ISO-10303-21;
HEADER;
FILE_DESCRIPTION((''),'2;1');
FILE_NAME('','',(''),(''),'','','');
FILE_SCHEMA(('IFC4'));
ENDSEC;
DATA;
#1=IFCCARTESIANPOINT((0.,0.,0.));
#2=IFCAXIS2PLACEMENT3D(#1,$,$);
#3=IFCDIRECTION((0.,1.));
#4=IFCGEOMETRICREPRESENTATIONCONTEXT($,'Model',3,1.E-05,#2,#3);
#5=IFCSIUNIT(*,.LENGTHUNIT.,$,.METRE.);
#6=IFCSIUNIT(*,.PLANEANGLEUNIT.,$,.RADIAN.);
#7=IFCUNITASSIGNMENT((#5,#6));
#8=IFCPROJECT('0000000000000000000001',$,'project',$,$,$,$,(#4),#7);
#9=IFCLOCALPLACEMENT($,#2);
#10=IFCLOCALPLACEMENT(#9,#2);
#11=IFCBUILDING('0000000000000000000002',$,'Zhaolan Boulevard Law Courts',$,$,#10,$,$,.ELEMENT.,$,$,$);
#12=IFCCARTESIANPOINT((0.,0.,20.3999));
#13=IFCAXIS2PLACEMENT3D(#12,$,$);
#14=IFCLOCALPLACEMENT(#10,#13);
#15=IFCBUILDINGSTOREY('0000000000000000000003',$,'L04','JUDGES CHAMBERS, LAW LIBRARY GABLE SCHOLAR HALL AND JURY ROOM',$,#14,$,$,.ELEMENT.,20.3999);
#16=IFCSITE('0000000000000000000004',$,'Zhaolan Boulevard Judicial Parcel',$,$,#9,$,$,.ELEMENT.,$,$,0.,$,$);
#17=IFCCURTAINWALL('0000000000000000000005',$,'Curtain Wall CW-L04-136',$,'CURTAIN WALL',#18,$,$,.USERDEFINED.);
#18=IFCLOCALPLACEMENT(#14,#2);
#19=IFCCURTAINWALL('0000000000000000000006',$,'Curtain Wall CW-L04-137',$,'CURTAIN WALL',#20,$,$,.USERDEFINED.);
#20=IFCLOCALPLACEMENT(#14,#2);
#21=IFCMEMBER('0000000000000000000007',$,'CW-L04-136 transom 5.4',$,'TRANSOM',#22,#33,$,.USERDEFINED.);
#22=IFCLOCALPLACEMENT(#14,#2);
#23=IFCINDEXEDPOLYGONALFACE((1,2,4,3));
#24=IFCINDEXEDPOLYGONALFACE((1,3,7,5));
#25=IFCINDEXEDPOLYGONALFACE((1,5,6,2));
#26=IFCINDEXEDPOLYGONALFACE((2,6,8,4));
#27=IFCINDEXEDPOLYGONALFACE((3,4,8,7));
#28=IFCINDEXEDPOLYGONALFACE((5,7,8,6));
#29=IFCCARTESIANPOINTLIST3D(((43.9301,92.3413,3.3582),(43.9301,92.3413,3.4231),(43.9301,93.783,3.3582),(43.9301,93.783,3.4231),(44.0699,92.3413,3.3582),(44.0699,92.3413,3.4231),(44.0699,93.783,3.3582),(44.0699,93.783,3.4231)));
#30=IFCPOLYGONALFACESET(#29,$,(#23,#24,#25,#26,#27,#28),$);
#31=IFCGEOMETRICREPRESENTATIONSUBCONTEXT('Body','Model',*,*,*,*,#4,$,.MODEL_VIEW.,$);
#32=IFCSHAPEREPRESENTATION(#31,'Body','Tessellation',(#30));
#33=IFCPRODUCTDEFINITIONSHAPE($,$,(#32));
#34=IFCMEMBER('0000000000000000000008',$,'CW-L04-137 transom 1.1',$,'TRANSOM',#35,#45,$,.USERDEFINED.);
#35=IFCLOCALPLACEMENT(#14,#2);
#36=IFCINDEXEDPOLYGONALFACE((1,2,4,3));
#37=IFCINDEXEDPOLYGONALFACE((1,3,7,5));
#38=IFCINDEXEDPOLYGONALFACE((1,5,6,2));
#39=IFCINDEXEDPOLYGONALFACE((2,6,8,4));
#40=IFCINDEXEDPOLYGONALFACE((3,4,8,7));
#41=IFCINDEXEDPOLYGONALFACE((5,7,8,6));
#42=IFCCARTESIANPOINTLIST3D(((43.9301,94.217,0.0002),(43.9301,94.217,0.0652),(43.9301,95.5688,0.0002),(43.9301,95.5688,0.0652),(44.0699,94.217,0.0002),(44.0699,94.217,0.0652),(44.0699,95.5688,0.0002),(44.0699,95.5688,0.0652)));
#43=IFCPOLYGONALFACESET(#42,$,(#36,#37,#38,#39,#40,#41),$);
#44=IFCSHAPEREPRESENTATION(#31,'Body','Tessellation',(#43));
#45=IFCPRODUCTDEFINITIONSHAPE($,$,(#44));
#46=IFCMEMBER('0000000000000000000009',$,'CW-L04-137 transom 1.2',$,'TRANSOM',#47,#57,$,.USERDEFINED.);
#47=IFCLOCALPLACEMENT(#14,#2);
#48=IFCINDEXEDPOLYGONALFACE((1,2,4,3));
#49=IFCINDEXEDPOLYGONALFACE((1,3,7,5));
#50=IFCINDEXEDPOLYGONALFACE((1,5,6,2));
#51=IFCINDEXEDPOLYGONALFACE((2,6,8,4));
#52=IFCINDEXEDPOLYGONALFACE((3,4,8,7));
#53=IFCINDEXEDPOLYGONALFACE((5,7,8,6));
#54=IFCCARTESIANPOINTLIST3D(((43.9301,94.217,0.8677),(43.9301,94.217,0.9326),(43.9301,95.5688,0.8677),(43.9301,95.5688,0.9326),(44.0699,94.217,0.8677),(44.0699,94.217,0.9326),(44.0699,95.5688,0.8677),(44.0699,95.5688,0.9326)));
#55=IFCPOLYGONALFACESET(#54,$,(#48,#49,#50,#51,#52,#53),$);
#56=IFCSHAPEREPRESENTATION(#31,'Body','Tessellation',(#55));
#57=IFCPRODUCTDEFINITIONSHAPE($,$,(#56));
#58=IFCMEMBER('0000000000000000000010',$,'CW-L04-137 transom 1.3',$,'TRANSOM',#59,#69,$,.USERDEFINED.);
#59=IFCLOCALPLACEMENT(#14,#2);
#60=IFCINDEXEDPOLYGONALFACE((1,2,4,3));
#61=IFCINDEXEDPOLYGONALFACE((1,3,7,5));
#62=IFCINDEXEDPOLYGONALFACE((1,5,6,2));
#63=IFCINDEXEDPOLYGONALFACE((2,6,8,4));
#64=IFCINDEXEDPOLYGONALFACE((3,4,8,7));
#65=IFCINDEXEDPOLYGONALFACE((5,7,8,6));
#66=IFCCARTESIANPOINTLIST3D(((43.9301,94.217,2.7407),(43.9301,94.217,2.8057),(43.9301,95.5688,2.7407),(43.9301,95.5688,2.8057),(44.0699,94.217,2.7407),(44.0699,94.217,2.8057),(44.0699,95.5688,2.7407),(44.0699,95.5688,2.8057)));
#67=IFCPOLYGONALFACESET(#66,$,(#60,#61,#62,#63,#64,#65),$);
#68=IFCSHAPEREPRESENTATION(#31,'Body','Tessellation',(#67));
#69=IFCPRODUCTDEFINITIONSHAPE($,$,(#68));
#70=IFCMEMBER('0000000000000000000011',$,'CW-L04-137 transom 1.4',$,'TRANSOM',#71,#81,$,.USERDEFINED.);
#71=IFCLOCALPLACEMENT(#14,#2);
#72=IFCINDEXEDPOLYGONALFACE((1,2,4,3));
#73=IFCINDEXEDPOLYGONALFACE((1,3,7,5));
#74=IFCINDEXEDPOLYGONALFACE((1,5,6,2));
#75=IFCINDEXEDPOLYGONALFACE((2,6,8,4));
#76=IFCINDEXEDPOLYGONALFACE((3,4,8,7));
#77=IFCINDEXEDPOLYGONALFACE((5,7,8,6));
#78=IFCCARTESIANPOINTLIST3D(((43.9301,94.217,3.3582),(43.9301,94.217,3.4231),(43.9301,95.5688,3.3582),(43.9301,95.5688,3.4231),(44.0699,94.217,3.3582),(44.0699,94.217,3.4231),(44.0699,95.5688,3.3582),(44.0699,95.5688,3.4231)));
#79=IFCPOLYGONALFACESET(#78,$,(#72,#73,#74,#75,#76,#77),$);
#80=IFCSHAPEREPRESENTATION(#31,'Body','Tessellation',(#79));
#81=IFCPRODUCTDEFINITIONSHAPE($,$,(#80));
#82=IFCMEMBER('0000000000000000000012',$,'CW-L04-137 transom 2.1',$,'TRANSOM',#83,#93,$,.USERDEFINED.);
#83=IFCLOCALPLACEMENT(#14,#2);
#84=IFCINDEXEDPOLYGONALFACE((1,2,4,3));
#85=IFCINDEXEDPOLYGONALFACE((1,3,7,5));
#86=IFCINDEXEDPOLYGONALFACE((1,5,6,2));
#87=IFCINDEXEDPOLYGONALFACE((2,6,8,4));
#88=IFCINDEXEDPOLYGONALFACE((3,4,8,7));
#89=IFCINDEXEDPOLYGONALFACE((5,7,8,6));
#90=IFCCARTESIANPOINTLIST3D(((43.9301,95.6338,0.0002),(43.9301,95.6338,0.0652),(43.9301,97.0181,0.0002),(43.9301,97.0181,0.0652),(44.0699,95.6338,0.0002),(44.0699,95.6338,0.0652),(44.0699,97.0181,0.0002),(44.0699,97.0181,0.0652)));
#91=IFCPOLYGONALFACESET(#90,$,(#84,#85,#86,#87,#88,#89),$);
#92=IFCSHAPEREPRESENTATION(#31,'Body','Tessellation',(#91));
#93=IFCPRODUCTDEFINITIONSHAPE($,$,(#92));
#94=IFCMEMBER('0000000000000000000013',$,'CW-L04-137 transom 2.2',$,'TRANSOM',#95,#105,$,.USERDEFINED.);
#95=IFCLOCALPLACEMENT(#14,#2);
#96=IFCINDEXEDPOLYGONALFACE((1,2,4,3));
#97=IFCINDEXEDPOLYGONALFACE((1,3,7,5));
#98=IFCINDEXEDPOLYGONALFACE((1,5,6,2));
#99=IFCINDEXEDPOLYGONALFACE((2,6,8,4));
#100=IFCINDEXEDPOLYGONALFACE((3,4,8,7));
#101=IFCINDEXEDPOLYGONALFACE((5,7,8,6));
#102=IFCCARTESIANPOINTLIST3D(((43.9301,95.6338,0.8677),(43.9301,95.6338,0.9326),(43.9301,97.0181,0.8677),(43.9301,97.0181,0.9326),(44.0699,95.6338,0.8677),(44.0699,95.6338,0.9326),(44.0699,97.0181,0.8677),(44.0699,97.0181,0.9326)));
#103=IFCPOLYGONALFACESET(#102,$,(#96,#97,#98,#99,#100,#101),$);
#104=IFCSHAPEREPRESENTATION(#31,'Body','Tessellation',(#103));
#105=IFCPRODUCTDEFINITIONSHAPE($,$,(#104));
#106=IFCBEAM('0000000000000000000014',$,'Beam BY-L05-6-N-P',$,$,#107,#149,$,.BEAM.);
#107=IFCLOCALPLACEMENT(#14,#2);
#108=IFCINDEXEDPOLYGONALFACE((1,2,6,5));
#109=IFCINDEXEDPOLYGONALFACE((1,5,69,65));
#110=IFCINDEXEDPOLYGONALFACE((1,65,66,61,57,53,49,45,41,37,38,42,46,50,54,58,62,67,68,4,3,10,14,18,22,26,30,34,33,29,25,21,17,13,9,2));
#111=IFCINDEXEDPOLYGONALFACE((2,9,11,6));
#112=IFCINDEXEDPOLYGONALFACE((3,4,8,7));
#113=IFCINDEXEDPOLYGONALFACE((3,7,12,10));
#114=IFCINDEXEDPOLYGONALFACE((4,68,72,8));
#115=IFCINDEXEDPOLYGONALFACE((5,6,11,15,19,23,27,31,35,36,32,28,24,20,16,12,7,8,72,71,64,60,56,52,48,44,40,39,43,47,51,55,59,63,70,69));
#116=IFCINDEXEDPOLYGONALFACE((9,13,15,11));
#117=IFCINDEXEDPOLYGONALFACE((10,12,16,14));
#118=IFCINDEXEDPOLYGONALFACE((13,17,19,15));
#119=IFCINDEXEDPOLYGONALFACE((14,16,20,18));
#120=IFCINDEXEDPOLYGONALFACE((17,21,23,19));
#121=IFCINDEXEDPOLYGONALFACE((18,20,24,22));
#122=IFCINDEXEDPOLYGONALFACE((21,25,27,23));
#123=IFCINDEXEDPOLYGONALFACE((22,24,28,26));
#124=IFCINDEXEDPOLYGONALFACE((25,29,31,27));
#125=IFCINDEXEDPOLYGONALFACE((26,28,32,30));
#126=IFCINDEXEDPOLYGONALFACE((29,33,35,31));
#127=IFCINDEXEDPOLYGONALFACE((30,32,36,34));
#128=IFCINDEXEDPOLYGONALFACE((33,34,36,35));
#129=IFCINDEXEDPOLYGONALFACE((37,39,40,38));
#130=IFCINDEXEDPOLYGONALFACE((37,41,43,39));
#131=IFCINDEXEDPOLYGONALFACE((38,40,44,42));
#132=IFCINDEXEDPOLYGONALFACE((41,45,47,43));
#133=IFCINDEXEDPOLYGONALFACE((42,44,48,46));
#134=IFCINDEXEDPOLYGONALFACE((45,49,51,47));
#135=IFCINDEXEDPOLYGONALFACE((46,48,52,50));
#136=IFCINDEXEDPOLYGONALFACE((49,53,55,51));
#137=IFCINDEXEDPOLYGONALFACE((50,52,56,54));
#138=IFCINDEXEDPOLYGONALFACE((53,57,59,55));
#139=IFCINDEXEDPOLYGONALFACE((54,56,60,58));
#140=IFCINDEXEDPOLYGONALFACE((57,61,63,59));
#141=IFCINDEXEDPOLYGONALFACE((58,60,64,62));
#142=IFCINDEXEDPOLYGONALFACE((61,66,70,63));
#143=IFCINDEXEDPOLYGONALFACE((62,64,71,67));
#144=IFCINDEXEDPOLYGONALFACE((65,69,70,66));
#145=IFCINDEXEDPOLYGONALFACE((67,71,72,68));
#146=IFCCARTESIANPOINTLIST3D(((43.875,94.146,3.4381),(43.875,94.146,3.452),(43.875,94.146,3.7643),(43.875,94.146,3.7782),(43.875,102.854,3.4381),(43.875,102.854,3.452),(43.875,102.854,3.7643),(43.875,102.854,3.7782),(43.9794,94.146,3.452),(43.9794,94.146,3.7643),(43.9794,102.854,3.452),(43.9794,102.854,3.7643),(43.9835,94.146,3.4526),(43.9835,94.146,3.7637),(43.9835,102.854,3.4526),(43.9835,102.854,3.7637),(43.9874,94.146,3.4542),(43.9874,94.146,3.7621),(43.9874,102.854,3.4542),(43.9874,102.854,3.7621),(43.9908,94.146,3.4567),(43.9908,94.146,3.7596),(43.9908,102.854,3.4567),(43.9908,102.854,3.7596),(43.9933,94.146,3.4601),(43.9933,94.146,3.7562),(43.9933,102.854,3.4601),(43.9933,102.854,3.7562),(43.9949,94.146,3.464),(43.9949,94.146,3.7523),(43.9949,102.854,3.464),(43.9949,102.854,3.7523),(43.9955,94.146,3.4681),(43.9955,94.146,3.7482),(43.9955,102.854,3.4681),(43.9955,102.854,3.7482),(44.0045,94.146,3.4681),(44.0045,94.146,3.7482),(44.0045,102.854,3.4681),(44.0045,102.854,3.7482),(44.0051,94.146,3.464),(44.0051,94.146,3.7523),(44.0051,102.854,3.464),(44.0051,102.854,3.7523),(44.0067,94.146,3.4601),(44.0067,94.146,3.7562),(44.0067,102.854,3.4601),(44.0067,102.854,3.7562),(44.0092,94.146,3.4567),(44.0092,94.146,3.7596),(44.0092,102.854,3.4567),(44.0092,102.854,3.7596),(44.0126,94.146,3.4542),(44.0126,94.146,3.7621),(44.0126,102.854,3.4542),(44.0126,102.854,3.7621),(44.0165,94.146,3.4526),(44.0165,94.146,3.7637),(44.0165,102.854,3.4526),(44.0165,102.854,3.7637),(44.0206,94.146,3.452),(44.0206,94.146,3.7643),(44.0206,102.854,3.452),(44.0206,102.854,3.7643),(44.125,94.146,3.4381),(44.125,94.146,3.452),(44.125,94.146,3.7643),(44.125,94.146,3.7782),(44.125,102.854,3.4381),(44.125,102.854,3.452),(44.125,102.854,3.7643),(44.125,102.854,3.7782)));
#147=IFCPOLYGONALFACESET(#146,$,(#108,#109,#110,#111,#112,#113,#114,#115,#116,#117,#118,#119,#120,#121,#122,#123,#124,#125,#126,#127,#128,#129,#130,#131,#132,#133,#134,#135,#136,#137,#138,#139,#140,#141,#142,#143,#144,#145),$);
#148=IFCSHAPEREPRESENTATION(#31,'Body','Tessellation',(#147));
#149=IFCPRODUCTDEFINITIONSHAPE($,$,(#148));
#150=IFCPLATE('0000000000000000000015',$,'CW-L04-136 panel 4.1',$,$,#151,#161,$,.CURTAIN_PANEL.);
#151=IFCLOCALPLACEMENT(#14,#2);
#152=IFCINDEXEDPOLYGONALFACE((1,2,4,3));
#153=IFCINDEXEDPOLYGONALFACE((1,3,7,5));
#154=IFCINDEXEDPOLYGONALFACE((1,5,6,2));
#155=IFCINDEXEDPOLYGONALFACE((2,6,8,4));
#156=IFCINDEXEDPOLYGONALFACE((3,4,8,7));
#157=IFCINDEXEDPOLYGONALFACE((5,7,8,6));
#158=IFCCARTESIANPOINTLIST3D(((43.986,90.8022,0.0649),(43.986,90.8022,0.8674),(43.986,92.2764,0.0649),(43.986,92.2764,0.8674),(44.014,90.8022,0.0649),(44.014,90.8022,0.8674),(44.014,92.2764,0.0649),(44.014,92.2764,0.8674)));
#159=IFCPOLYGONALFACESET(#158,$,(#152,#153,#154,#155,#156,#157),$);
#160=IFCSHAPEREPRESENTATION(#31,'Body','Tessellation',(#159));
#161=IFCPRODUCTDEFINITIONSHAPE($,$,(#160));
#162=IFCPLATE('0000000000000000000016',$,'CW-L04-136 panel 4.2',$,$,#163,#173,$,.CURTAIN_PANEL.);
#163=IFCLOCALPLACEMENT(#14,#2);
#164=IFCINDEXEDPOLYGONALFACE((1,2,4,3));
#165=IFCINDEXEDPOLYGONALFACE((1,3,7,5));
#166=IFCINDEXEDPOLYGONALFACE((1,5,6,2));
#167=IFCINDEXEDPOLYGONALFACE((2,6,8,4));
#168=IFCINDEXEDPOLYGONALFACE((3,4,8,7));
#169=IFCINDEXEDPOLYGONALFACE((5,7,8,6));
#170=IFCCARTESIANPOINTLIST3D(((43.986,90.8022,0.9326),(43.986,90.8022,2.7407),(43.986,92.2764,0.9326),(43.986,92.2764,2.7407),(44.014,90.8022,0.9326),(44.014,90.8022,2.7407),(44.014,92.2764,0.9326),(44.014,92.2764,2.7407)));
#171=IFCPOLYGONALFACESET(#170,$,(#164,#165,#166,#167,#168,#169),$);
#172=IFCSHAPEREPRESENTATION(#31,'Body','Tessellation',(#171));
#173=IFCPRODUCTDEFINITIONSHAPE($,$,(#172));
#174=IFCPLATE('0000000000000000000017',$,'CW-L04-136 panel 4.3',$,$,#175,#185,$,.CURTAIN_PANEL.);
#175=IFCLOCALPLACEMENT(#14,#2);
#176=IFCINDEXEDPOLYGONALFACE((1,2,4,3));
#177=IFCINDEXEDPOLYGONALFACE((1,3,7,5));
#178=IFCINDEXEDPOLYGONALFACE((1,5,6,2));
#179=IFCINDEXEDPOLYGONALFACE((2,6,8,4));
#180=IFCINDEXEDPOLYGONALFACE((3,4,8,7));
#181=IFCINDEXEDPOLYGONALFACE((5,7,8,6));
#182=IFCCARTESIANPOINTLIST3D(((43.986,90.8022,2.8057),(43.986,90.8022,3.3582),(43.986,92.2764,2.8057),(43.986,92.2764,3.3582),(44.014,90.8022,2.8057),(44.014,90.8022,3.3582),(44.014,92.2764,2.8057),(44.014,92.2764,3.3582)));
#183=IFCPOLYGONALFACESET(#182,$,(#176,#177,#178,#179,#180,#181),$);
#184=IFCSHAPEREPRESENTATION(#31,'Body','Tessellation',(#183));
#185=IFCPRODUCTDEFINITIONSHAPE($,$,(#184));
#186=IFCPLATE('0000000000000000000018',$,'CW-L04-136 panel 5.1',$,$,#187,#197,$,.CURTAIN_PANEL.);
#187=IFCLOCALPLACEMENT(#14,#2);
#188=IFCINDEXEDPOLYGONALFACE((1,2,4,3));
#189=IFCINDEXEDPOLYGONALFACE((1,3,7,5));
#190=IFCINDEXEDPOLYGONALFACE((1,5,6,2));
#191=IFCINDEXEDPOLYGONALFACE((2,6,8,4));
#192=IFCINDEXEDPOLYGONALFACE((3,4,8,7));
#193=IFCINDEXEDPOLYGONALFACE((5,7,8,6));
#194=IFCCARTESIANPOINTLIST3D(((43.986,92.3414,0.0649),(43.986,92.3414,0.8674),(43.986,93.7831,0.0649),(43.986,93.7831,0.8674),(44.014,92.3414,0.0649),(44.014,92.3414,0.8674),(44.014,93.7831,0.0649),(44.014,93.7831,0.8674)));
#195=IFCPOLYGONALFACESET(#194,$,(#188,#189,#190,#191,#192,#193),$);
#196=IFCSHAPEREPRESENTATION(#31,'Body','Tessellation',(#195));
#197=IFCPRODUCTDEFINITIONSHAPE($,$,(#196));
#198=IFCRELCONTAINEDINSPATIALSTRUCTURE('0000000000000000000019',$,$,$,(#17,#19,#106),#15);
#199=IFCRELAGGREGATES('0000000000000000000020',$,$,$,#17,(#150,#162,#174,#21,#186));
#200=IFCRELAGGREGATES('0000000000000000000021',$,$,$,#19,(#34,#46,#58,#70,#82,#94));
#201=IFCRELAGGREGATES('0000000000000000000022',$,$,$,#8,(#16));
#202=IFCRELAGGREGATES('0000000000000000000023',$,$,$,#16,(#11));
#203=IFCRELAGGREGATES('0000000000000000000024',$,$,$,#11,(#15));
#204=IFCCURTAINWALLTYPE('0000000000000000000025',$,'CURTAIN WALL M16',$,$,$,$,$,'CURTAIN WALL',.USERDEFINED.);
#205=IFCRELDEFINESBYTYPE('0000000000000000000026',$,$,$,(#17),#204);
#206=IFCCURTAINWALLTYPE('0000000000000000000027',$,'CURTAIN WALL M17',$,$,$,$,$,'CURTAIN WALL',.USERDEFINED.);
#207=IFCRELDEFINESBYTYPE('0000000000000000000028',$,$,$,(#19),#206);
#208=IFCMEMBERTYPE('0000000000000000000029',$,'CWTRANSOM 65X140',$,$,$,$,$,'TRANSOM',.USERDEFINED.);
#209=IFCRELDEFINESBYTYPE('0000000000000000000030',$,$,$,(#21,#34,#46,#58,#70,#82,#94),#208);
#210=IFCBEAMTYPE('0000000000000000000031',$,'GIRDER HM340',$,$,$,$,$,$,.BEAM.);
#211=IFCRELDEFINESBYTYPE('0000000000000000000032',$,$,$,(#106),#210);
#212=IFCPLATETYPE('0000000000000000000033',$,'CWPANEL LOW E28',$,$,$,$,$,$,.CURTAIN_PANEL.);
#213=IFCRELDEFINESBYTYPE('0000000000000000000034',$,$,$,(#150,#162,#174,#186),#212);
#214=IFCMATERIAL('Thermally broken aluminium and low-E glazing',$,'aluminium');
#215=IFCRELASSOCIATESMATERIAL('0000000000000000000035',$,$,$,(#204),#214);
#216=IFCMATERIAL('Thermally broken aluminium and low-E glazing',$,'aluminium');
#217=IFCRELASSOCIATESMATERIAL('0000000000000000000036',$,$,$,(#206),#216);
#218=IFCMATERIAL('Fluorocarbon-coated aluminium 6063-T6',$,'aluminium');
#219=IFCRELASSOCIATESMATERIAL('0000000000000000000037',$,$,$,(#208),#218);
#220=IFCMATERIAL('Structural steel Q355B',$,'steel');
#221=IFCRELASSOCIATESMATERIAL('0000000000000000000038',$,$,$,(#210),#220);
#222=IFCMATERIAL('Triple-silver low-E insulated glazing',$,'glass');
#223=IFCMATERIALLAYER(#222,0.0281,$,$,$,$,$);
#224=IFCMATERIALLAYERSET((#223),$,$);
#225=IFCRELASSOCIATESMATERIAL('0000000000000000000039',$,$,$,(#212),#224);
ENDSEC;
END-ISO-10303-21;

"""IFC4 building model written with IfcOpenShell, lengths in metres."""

from ifc_helpers import new_model, si_unit, direction, frame, origin, origin_2d, place, context, subcontext, project, spatial, rectangle, i_section, extrude, material, layer, layer_set, material_profile, profile_set, type_object, element, aggregate, save


model = new_model("IFC4")

# Units and contexts
model_context = context("Model", 3, precision=1e-05, world=origin(), true_north=direction((0.0, 1.0)))
body_context = subcontext(model_context, "Body", "Model", "MODEL_VIEW")
ifc_project = project(units=[si_unit("LENGTHUNIT", "METRE"), si_unit("PLANEANGLEUNIT", "RADIAN")], contexts=[model_context])

# Site, building, storey
site_placement = place(None, origin())
site = spatial("IfcSite", under=ifc_project, at=site_placement, Name="Zhaolan Boulevard Judicial Parcel", CompositionType="ELEMENT", RefElevation=0.0)
building_placement = place(site_placement, origin())
building = spatial("IfcBuilding", under=site, at=building_placement, Name="Zhaolan Boulevard Law Courts", CompositionType="ELEMENT")
storey_placement = place(building_placement, frame((0.0, 0.0, 20.3999)))
storey = spatial("IfcBuildingStorey", under=building, at=storey_placement, Name="L04", Description="JUDGES CHAMBERS, LAW LIBRARY GABLE SCHOLAR HALL AND JURY ROOM", CompositionType="ELEMENT", Elevation=20.3999)

# Curtain walls
ifc_material_1 = material(Name="Thermally broken aluminium and low-E glazing", Category="aluminium")
curtain_wall_type_1 = type_object("IfcCurtainWallType", Name="CURTAIN WALL M16", ElementType="CURTAIN WALL", PredefinedType="USERDEFINED", material=ifc_material_1)
curtain_wall_1_placement = place(storey_placement, origin())
curtain_wall_1 = element("IfcCurtainWall", 1, at=curtain_wall_1_placement, inside=storey, type_object=curtain_wall_type_1, Name="Curtain Wall CW-L04-136", ObjectType="CURTAIN WALL", PredefinedType="USERDEFINED")
ifc_material_2 = material(Name="Thermally broken aluminium and low-E glazing", Category="aluminium")
curtain_wall_type_2 = type_object("IfcCurtainWallType", Name="CURTAIN WALL M17", ElementType="CURTAIN WALL", PredefinedType="USERDEFINED", material=ifc_material_2)
curtain_wall_2_placement = place(storey_placement, origin())
curtain_wall_2 = element("IfcCurtainWall", 2, at=curtain_wall_2_placement, inside=storey, type_object=curtain_wall_type_2, Name="Curtain Wall CW-L04-137", ObjectType="CURTAIN WALL", PredefinedType="USERDEFINED")

# Members
ifc_material_3 = material(Name="Fluorocarbon-coated aluminium 6063-T6", Category="aluminium")
ifc_material_profile_1 = material_profile(ifc_material_3, rectangle(XDim=0.1399, YDim=0.0649, at=origin_2d()), Name="AL65x140")
ifc_profile_set_1 = profile_set([ifc_material_profile_1], Name="Fluorocarbon-coated aluminium 6063-T6")
member_type_1 = type_object("IfcMemberType", Name="CWTRANSOM 65X140", ElementType="TRANSOM", PredefinedType="USERDEFINED", material=ifc_profile_set_1)
member_1_placement = place(storey_placement, frame((44.0, 92.3413, 3.3906), z_axis=(0.0, 1.0, 0.0), x_axis=(-1.0, 0.0, 0.0)))
member_1 = element("IfcMember", 3, at=member_1_placement, type_object=member_type_1, Name="CW-L04-136 transom 5.4", ObjectType="TRANSOM", PredefinedType="USERDEFINED", context=body_context, shape_type="SweptSolid", body=[
    extrude(rectangle(XDim=0.1399, YDim=0.0649, at=origin_2d()), origin(), (0.0, 0.0, 1.0), 1.4417),
])
member_2_placement = place(storey_placement, frame((44.0, 94.217, 0.0327), z_axis=(0.0, 1.0, 0.0), x_axis=(-1.0, 0.0, 0.0)))
member_2 = element("IfcMember", 4, at=member_2_placement, type_object=member_type_1, Name="CW-L04-137 transom 1.1", ObjectType="TRANSOM", PredefinedType="USERDEFINED", context=body_context, shape_type="SweptSolid", body=[
    extrude(rectangle(XDim=0.1399, YDim=0.0649, at=origin_2d()), origin(), (0.0, 0.0, 1.0), 1.3518),
])
member_3_placement = place(storey_placement, frame((44.0, 94.217, 0.9001), z_axis=(0.0, 1.0, 0.0), x_axis=(-1.0, 0.0, 0.0)))
member_3 = element("IfcMember", 5, at=member_3_placement, type_object=member_type_1, Name="CW-L04-137 transom 1.2", ObjectType="TRANSOM", PredefinedType="USERDEFINED", context=body_context, shape_type="SweptSolid", body=[
    extrude(rectangle(XDim=0.1399, YDim=0.0649, at=origin_2d()), origin(), (0.0, 0.0, 1.0), 1.3518),
])
member_4_placement = place(storey_placement, frame((44.0, 94.217, 2.7732), z_axis=(0.0, 1.0, 0.0), x_axis=(-1.0, 0.0, 0.0)))
member_4 = element("IfcMember", 6, at=member_4_placement, type_object=member_type_1, Name="CW-L04-137 transom 1.3", ObjectType="TRANSOM", PredefinedType="USERDEFINED", context=body_context, shape_type="SweptSolid", body=[
    extrude(rectangle(XDim=0.1399, YDim=0.0649, at=origin_2d()), origin(), (0.0, 0.0, 1.0), 1.3518),
])
member_5_placement = place(storey_placement, frame((44.0, 94.217, 3.3906), z_axis=(0.0, 1.0, 0.0), x_axis=(-1.0, 0.0, 0.0)))
member_5 = element("IfcMember", 7, at=member_5_placement, type_object=member_type_1, Name="CW-L04-137 transom 1.4", ObjectType="TRANSOM", PredefinedType="USERDEFINED", context=body_context, shape_type="SweptSolid", body=[
    extrude(rectangle(XDim=0.1399, YDim=0.0649, at=origin_2d()), origin(), (0.0, 0.0, 1.0), 1.3518),
])
member_6_placement = place(storey_placement, frame((44.0, 95.6338, 0.0327), z_axis=(0.0, 1.0, 0.0), x_axis=(-1.0, 0.0, 0.0)))
member_6 = element("IfcMember", 8, at=member_6_placement, type_object=member_type_1, Name="CW-L04-137 transom 2.1", ObjectType="TRANSOM", PredefinedType="USERDEFINED", context=body_context, shape_type="SweptSolid", body=[
    extrude(rectangle(XDim=0.1399, YDim=0.0649, at=origin_2d()), origin(), (0.0, 0.0, 1.0), 1.3843),
])
member_7_placement = place(storey_placement, frame((44.0, 95.6338, 0.9001), z_axis=(0.0, 1.0, 0.0), x_axis=(-1.0, 0.0, 0.0)))
member_7 = element("IfcMember", 9, at=member_7_placement, type_object=member_type_1, Name="CW-L04-137 transom 2.2", ObjectType="TRANSOM", PredefinedType="USERDEFINED", context=body_context, shape_type="SweptSolid", body=[
    extrude(rectangle(XDim=0.1399, YDim=0.0649, at=origin_2d()), origin(), (0.0, 0.0, 1.0), 1.3843),
])

# Beam
ifc_material_4 = material(Name="Structural steel Q355B", Category="steel")
ifc_material_profile_2 = material_profile(ifc_material_4, i_section(OverallWidth=0.25, OverallDepth=0.3401, WebThickness=0.009, FlangeThickness=0.0139, FilletRadius=0.0161, at=origin_2d()), Name="HM340x250")
ifc_profile_set_2 = profile_set([ifc_material_profile_2], Name="Structural steel Q355B")
beam_type = type_object("IfcBeamType", Name="GIRDER HM340", PredefinedType="BEAM", material=ifc_profile_set_2)
beam_placement = place(storey_placement, frame((44.0, 94.146, 3.6082), z_axis=(0.0, 1.0, 0.0), x_axis=(-1.0, 0.0, 0.0)))
element("IfcBeam", 10, at=beam_placement, inside=storey, type_object=beam_type, Name="Beam BY-L05-6-N-P", PredefinedType="BEAM", context=body_context, shape_type="SweptSolid", body=[
    extrude(i_section(OverallWidth=0.25, OverallDepth=0.3401, WebThickness=0.009, FlangeThickness=0.0139, FilletRadius=0.0161, at=origin_2d()), origin(), (0.0, 0.0, 1.0), 8.708),
])

# Plates
ifc_material_5 = material(Name="Triple-silver low-E insulated glazing", Category="glass")
ifc_layer = layer(ifc_material_5, 0.0281)
ifc_layer_set = layer_set([ifc_layer])
plate_type = type_object("IfcPlateType", Name="CWPANEL LOW E28", PredefinedType="CURTAIN_PANEL", material=ifc_layer_set)
plate_1_placement = place(storey_placement, frame((44.0, 91.5393, 0.0649), z_axis=(0.0, 0.0, 1.0), x_axis=(0.0, 1.0, 0.0)))
plate_1 = element("IfcPlate", 11, at=plate_1_placement, type_object=plate_type, Name="CW-L04-136 panel 4.1", PredefinedType="CURTAIN_PANEL", context=body_context, shape_type="SweptSolid", body=[
    extrude(rectangle(XDim=1.4741, YDim=0.0281, at=origin_2d()), origin(), (0.0, 0.0, 1.0), 0.8025),
])
plate_2_placement = place(storey_placement, frame((44.0, 91.5393, 0.9326), z_axis=(0.0, 0.0, 1.0), x_axis=(0.0, 1.0, 0.0)))
plate_2 = element("IfcPlate", 12, at=plate_2_placement, type_object=plate_type, Name="CW-L04-136 panel 4.2", PredefinedType="CURTAIN_PANEL", context=body_context, shape_type="SweptSolid", body=[
    extrude(rectangle(XDim=1.4741, YDim=0.0281, at=origin_2d()), origin(), (0.0, 0.0, 1.0), 1.8081),
])
plate_3_placement = place(storey_placement, frame((44.0, 91.5393, 2.8057), z_axis=(0.0, 0.0, 1.0), x_axis=(0.0, 1.0, 0.0)))
plate_3 = element("IfcPlate", 13, at=plate_3_placement, type_object=plate_type, Name="CW-L04-136 panel 4.3", PredefinedType="CURTAIN_PANEL", context=body_context, shape_type="SweptSolid", body=[
    extrude(rectangle(XDim=1.4741, YDim=0.0281, at=origin_2d()), origin(), (0.0, 0.0, 1.0), 0.5525),
])
plate_4_placement = place(storey_placement, frame((44.0, 93.0623, 0.0649), z_axis=(0.0, 0.0, 1.0), x_axis=(0.0, 1.0, 0.0)))
plate_4 = element("IfcPlate", 14, at=plate_4_placement, type_object=plate_type, Name="CW-L04-136 panel 5.1", PredefinedType="CURTAIN_PANEL", context=body_context, shape_type="SweptSolid", body=[
    extrude(rectangle(XDim=1.4417, YDim=0.0281, at=origin_2d()), origin(), (0.0, 0.0, 1.0), 0.8025),
])
aggregate(curtain_wall_1, [plate_1, plate_2, plate_3, member_1, plate_4])
aggregate(curtain_wall_2, [member_2, member_3, member_4, member_5, member_6, member_7])

save(model, "model.ifc")
